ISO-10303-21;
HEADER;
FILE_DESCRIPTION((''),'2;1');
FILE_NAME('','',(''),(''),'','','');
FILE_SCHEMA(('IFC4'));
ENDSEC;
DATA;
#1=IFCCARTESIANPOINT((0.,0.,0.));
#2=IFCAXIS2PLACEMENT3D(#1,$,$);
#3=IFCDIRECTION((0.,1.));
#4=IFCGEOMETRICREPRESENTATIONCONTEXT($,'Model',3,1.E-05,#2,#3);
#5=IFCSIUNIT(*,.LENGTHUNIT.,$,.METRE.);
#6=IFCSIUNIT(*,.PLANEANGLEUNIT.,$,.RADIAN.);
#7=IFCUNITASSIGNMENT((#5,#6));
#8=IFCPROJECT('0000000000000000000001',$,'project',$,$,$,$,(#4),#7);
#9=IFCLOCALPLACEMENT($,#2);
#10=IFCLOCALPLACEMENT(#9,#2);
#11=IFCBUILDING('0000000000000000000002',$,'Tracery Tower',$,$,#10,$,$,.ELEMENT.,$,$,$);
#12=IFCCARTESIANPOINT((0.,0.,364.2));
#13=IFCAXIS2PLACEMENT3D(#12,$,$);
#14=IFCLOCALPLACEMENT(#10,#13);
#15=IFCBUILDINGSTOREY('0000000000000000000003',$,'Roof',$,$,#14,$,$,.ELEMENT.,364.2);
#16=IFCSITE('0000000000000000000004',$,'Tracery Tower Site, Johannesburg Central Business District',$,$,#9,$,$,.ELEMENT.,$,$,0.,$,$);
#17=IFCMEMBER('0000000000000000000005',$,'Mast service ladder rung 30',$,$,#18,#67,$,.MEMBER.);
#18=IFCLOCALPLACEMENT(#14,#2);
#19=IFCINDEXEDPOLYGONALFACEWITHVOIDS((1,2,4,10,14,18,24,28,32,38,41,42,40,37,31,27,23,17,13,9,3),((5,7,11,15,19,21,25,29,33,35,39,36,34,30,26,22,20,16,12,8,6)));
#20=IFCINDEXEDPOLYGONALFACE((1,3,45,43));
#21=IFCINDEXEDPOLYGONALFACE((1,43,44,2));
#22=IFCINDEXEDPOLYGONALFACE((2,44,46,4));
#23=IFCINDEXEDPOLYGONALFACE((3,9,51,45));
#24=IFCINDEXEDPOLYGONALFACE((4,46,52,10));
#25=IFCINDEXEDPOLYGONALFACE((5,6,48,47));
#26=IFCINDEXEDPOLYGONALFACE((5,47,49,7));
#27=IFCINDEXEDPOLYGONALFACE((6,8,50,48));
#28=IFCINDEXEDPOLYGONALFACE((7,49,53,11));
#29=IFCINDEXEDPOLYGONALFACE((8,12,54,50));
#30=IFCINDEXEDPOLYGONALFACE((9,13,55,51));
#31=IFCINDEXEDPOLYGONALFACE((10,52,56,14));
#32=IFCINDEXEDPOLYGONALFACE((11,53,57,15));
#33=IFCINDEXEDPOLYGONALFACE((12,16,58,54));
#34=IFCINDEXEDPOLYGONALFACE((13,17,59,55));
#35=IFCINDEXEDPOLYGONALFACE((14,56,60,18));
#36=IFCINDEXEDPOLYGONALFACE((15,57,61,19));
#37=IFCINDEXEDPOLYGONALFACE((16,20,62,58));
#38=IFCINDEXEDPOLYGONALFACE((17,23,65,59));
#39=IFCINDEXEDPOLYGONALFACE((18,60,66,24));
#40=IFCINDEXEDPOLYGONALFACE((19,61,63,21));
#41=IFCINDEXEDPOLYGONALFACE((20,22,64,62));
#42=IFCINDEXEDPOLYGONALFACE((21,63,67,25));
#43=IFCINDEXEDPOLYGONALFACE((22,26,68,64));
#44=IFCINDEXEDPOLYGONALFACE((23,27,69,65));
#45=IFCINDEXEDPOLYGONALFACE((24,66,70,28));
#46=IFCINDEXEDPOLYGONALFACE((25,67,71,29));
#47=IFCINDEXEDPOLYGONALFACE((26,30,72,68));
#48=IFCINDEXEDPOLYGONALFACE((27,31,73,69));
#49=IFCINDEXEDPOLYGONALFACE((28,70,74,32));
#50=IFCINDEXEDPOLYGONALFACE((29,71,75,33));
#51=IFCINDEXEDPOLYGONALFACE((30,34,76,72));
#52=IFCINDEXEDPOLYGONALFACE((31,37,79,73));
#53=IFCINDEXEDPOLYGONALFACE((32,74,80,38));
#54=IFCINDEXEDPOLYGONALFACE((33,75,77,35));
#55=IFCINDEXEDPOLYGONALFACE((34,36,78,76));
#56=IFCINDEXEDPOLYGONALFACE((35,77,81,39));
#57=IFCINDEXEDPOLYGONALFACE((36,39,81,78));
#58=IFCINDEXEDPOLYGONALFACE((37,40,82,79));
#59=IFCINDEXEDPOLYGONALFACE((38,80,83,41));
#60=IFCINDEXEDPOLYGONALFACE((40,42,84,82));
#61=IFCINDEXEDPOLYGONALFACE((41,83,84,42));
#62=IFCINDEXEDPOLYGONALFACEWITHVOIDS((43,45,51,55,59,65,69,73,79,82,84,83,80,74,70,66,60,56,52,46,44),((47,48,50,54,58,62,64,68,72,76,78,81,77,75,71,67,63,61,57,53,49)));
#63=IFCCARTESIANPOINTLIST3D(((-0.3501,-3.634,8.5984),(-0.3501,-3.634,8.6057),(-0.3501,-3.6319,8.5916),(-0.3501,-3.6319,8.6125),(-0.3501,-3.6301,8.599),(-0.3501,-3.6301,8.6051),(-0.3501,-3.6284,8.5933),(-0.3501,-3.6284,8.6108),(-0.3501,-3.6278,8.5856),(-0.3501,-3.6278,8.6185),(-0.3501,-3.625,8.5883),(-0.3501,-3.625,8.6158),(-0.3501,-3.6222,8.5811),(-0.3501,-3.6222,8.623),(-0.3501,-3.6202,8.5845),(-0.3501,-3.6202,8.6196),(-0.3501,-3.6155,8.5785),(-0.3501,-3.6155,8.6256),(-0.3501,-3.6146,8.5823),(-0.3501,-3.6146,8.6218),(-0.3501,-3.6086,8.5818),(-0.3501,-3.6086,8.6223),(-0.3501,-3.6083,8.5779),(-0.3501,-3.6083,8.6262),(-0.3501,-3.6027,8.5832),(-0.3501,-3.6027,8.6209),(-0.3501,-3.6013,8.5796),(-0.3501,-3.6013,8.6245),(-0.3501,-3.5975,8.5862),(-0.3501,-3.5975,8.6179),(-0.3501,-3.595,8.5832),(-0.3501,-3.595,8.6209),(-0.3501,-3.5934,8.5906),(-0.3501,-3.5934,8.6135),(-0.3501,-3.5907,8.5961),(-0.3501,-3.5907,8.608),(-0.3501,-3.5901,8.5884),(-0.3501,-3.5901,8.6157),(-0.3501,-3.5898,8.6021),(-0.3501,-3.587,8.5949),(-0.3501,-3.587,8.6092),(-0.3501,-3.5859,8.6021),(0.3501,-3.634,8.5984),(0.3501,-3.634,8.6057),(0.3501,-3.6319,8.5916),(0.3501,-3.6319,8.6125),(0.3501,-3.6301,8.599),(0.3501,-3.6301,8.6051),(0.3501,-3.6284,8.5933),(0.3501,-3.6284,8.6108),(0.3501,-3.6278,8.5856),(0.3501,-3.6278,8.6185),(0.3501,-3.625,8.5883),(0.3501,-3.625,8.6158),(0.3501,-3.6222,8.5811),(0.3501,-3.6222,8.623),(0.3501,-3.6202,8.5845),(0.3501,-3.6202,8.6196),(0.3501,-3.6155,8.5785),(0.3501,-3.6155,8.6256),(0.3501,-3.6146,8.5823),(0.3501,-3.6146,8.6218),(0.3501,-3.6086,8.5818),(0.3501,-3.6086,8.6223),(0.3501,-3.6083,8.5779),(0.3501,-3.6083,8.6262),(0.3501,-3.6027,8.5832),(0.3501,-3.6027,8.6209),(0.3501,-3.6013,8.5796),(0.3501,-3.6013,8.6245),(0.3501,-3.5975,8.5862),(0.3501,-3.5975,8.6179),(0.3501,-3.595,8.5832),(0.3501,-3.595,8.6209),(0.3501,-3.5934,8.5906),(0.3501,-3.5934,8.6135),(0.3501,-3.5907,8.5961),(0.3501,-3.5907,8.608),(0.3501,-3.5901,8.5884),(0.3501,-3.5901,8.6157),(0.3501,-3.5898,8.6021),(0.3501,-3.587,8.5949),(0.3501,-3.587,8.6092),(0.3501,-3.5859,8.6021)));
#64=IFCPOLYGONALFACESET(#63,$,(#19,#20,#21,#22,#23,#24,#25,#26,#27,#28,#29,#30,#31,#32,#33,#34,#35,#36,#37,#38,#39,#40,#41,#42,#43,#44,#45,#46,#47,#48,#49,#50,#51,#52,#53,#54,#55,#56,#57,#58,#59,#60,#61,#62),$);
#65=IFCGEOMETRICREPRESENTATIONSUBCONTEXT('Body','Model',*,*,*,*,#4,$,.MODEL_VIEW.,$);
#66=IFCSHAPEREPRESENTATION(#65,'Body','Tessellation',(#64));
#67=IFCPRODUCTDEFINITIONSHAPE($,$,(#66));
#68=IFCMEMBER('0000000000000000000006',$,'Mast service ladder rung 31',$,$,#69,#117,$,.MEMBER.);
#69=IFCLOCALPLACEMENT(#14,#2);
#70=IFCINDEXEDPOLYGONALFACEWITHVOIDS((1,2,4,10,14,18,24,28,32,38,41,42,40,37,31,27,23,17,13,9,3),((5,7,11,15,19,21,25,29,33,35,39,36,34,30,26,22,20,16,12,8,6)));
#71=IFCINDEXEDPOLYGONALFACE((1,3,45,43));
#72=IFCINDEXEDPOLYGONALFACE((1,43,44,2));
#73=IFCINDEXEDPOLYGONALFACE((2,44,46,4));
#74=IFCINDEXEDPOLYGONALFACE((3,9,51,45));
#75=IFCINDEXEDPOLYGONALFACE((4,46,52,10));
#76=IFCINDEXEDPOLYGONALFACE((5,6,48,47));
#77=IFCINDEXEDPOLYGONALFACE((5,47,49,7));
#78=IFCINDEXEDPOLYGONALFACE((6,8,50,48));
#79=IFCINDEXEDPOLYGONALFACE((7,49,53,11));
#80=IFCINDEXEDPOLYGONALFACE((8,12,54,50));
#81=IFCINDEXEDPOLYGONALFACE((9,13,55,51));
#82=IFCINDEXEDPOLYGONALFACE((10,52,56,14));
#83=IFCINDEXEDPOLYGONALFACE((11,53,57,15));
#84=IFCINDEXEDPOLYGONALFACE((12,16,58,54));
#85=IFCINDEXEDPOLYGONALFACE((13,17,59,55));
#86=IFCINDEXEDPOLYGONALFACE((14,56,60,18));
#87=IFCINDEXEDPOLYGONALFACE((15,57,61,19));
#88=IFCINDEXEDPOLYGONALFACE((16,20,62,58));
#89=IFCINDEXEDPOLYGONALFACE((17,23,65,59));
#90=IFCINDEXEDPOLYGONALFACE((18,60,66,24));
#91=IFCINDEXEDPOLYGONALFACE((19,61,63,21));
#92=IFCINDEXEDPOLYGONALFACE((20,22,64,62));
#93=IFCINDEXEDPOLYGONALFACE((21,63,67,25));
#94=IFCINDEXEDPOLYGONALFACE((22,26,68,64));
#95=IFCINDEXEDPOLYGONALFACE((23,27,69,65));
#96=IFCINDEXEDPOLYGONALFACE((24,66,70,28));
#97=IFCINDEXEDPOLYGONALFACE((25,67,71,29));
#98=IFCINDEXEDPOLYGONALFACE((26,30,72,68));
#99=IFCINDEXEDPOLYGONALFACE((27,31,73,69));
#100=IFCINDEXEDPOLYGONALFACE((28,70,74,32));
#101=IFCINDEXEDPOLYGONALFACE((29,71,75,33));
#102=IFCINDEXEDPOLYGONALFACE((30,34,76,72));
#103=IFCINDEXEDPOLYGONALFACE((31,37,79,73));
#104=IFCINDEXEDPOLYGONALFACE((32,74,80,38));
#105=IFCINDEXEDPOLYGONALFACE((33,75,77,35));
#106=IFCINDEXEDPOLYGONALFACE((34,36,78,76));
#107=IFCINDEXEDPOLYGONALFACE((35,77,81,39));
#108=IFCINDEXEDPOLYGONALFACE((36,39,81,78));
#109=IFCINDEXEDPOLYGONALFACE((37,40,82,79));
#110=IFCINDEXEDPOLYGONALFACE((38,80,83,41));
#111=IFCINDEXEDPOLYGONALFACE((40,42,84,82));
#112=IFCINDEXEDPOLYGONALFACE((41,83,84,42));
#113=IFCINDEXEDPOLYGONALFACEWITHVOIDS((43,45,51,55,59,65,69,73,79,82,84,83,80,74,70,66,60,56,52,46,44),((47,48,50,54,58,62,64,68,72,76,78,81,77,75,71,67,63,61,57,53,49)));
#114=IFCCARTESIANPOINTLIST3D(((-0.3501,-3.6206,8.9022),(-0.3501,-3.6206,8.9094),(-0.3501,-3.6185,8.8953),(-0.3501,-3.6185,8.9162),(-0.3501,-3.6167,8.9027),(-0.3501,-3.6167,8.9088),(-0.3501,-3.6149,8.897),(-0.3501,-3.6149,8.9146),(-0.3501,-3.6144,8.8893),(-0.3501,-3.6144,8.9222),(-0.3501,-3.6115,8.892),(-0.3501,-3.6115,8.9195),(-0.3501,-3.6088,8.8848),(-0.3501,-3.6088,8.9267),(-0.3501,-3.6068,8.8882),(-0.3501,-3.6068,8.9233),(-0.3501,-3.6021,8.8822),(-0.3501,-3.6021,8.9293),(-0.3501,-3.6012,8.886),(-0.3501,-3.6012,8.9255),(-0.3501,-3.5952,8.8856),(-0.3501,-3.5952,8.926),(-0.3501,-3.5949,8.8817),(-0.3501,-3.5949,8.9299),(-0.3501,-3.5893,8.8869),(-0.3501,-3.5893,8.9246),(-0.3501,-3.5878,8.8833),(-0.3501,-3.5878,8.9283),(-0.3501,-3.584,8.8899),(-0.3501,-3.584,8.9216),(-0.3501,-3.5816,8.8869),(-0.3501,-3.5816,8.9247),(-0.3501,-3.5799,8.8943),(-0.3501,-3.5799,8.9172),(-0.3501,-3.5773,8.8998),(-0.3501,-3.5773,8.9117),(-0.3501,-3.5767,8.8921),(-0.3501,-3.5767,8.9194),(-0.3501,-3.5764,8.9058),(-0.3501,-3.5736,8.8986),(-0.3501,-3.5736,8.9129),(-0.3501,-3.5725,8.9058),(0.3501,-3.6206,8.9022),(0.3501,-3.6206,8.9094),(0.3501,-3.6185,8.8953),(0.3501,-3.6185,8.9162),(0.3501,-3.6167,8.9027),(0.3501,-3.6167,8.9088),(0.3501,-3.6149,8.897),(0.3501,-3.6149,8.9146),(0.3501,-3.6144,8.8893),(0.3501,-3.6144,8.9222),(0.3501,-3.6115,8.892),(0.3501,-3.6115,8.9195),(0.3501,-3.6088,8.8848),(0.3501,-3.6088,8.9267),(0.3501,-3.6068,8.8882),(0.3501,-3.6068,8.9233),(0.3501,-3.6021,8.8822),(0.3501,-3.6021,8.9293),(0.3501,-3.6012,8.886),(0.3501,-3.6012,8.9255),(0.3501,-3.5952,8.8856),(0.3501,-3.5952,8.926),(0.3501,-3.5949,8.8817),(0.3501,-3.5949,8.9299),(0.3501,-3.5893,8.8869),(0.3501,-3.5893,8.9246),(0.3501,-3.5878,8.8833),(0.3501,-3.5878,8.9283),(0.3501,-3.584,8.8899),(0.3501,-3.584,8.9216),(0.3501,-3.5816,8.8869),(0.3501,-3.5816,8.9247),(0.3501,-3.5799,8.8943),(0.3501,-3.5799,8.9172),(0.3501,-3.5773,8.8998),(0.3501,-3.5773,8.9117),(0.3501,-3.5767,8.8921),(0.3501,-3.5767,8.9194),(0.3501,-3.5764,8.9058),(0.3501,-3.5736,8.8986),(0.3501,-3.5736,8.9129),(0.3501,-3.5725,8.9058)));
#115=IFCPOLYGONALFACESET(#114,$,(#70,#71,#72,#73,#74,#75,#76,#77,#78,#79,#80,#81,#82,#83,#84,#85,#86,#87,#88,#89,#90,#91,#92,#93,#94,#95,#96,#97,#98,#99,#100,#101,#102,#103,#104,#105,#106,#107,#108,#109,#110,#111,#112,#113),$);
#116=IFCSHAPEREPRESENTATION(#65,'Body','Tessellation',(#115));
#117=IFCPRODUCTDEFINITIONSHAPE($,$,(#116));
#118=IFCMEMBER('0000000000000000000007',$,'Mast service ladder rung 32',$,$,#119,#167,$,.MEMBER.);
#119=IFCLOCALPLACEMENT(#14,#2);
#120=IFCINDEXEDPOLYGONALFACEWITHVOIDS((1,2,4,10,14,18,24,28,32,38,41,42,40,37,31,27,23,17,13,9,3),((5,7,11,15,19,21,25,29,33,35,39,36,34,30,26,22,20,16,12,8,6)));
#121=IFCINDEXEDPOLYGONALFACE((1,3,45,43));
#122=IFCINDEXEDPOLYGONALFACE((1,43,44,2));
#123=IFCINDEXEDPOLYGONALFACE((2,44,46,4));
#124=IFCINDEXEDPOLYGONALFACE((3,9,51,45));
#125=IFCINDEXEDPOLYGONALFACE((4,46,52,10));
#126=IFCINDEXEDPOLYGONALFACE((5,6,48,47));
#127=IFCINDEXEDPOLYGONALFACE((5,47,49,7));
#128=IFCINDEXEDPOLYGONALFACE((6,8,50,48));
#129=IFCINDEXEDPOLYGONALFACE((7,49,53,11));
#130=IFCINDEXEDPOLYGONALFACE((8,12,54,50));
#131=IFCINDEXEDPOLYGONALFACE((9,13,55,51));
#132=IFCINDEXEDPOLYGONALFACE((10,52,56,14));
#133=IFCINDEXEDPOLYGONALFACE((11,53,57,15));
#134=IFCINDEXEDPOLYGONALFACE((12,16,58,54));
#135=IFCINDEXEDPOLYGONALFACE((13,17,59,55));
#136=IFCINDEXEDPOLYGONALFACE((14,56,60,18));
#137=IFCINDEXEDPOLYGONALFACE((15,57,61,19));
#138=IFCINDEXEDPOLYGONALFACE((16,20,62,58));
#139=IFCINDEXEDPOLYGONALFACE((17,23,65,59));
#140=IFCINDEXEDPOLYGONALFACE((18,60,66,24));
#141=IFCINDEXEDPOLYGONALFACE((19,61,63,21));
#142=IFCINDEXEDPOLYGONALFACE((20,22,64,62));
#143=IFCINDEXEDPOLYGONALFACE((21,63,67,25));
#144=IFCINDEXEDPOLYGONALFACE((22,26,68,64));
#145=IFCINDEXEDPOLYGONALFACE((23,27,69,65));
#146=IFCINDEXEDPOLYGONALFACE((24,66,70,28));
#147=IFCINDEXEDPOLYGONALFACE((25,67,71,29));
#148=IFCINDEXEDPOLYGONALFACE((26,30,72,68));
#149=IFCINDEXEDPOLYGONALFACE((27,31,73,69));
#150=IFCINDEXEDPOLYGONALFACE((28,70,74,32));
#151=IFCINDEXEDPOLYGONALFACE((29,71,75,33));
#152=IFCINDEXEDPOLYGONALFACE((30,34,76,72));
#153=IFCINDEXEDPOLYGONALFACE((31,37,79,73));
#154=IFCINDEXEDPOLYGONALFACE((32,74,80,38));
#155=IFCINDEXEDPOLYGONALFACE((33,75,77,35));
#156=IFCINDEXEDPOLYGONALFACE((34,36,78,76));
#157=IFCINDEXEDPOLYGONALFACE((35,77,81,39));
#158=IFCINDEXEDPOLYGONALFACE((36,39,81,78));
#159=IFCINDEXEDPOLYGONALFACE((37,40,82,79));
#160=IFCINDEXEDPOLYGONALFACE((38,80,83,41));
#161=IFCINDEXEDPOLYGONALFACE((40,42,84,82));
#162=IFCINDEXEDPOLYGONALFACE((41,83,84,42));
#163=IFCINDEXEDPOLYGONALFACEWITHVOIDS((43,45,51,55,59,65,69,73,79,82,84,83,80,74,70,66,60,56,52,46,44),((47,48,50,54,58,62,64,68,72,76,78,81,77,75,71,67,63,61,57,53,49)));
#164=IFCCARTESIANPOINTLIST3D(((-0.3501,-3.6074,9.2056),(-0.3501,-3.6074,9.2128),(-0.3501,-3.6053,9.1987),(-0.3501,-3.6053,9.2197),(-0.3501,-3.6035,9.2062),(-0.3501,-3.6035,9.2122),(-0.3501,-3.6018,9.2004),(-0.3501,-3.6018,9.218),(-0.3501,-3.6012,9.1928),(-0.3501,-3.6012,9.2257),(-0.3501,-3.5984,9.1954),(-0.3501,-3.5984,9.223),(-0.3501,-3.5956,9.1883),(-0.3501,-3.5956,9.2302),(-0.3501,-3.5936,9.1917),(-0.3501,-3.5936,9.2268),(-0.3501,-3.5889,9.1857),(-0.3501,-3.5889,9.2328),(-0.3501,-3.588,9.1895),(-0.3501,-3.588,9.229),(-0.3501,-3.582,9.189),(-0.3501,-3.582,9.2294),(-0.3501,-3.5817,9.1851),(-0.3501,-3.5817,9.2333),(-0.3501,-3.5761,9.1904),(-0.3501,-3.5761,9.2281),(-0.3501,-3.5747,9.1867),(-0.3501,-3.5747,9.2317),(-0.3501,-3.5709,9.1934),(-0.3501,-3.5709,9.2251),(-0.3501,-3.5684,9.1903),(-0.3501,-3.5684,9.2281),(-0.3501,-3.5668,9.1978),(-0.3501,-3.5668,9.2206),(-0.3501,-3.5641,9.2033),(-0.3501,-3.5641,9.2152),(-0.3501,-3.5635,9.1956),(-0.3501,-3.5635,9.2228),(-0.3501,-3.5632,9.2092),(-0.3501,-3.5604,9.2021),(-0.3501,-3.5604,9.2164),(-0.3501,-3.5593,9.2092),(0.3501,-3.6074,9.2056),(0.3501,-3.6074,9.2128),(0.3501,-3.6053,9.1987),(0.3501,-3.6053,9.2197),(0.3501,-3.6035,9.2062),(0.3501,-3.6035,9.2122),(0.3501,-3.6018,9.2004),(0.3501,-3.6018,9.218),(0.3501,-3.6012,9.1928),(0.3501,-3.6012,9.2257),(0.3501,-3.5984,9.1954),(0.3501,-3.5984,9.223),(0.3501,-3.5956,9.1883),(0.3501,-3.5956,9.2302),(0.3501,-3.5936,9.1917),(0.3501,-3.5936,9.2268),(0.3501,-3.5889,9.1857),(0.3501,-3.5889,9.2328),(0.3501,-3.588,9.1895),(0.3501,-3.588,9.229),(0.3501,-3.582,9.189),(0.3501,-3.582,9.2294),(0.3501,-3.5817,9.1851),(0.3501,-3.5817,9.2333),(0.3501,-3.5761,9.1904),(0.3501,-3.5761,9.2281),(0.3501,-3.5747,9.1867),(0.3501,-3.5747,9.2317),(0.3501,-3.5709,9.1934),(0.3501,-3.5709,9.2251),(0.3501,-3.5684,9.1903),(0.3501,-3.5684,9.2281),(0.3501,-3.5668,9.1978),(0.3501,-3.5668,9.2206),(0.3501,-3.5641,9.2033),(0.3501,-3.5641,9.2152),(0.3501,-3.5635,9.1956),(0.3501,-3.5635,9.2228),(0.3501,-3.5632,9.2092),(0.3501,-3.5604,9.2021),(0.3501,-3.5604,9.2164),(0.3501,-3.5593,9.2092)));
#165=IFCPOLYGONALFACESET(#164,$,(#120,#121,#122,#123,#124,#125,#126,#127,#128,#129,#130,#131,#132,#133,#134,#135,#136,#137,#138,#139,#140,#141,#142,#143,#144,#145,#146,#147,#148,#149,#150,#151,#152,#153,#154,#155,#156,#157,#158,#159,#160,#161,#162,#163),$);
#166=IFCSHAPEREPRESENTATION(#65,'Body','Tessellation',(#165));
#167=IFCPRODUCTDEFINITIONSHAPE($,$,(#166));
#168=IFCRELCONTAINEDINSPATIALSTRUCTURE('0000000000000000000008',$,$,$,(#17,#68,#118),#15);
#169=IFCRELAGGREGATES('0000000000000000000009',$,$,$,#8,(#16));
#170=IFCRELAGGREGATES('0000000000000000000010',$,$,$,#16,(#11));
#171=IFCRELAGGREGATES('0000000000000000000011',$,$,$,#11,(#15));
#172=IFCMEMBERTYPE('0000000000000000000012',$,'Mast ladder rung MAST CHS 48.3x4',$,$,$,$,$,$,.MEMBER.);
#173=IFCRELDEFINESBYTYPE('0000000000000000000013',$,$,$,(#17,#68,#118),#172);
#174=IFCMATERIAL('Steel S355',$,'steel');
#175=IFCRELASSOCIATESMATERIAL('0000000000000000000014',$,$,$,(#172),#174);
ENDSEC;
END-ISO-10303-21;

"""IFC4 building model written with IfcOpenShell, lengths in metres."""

from ifc_helpers import new_model, si_unit, direction, frame, origin, origin_2d, place, context, subcontext, project, spatial, hollow_circle, extrude, material, material_profile, profile_set, type_object, element, save


model = new_model("IFC4")

# Units and contexts
model_context = context("Model", 3, precision=1e-05, world=origin(), true_north=direction((0.0, 1.0)))
body_context = subcontext(model_context, "Body", "Model", "MODEL_VIEW")
ifc_project = project(units=[si_unit("LENGTHUNIT", "METRE"), si_unit("PLANEANGLEUNIT", "RADIAN")], contexts=[model_context])

# Site, building, storey
site_placement = place(None, origin())
site = spatial("IfcSite", under=ifc_project, at=site_placement, Name="Tracery Tower Site, Johannesburg Central Business District", CompositionType="ELEMENT", RefElevation=0.0)
building_placement = place(site_placement, origin())
building = spatial("IfcBuilding", under=site, at=building_placement, Name="Tracery Tower", CompositionType="ELEMENT")
storey_placement = place(building_placement, frame((0.0, 0.0, 364.2)))
storey = spatial("IfcBuildingStorey", under=building, at=storey_placement, Name="Roof", CompositionType="ELEMENT", Elevation=364.2)

# Members
ifc_material_1 = material(Name="Steel S355", Category="steel")
ifc_material_profile_1 = material_profile(ifc_material_1, hollow_circle(Radius=0.0242, WallThickness=0.0039, at=origin_2d()), Name="CHS 48.3x4")
ifc_profile_set_1 = profile_set([ifc_material_profile_1], Name="Steel S355")
member_type_1 = type_object("IfcMemberType", Name="Mast ladder rung MAST CHS 48.3x4", PredefinedType="MEMBER", material=ifc_profile_set_1)
for number, where, z_axis, x_axis, name in (
    (1, (-0.3501, -3.6101, 8.6021), (1.0, 0.0, 0.0), (0.0, 1.0, 0.0), "Mast service ladder rung 30"),
    (2, (-0.3501, -3.5967, 8.9058), (1.0, 0.0, 0.0), (0.0, 1.0, 0.0), "Mast service ladder rung 31"),
    (3, (-0.3501, -3.5835, 9.2092), (1.0, 0.0, 0.0), (0.0, 1.0, 0.0), "Mast service ladder rung 32"),
):
    element("IfcMember", number, at=place(storey_placement, frame(where, z_axis=z_axis, x_axis=x_axis)), inside=storey, type_object=member_type_1, Name=name, PredefinedType="MEMBER", context=body_context, shape_type="SweptSolid", body=[
        extrude(hollow_circle(Radius=0.0242, WallThickness=0.0039, at=origin_2d()), origin(), (0.0, 0.0, 1.0), 0.7002),
    ])

save(model, "model.ifc")
